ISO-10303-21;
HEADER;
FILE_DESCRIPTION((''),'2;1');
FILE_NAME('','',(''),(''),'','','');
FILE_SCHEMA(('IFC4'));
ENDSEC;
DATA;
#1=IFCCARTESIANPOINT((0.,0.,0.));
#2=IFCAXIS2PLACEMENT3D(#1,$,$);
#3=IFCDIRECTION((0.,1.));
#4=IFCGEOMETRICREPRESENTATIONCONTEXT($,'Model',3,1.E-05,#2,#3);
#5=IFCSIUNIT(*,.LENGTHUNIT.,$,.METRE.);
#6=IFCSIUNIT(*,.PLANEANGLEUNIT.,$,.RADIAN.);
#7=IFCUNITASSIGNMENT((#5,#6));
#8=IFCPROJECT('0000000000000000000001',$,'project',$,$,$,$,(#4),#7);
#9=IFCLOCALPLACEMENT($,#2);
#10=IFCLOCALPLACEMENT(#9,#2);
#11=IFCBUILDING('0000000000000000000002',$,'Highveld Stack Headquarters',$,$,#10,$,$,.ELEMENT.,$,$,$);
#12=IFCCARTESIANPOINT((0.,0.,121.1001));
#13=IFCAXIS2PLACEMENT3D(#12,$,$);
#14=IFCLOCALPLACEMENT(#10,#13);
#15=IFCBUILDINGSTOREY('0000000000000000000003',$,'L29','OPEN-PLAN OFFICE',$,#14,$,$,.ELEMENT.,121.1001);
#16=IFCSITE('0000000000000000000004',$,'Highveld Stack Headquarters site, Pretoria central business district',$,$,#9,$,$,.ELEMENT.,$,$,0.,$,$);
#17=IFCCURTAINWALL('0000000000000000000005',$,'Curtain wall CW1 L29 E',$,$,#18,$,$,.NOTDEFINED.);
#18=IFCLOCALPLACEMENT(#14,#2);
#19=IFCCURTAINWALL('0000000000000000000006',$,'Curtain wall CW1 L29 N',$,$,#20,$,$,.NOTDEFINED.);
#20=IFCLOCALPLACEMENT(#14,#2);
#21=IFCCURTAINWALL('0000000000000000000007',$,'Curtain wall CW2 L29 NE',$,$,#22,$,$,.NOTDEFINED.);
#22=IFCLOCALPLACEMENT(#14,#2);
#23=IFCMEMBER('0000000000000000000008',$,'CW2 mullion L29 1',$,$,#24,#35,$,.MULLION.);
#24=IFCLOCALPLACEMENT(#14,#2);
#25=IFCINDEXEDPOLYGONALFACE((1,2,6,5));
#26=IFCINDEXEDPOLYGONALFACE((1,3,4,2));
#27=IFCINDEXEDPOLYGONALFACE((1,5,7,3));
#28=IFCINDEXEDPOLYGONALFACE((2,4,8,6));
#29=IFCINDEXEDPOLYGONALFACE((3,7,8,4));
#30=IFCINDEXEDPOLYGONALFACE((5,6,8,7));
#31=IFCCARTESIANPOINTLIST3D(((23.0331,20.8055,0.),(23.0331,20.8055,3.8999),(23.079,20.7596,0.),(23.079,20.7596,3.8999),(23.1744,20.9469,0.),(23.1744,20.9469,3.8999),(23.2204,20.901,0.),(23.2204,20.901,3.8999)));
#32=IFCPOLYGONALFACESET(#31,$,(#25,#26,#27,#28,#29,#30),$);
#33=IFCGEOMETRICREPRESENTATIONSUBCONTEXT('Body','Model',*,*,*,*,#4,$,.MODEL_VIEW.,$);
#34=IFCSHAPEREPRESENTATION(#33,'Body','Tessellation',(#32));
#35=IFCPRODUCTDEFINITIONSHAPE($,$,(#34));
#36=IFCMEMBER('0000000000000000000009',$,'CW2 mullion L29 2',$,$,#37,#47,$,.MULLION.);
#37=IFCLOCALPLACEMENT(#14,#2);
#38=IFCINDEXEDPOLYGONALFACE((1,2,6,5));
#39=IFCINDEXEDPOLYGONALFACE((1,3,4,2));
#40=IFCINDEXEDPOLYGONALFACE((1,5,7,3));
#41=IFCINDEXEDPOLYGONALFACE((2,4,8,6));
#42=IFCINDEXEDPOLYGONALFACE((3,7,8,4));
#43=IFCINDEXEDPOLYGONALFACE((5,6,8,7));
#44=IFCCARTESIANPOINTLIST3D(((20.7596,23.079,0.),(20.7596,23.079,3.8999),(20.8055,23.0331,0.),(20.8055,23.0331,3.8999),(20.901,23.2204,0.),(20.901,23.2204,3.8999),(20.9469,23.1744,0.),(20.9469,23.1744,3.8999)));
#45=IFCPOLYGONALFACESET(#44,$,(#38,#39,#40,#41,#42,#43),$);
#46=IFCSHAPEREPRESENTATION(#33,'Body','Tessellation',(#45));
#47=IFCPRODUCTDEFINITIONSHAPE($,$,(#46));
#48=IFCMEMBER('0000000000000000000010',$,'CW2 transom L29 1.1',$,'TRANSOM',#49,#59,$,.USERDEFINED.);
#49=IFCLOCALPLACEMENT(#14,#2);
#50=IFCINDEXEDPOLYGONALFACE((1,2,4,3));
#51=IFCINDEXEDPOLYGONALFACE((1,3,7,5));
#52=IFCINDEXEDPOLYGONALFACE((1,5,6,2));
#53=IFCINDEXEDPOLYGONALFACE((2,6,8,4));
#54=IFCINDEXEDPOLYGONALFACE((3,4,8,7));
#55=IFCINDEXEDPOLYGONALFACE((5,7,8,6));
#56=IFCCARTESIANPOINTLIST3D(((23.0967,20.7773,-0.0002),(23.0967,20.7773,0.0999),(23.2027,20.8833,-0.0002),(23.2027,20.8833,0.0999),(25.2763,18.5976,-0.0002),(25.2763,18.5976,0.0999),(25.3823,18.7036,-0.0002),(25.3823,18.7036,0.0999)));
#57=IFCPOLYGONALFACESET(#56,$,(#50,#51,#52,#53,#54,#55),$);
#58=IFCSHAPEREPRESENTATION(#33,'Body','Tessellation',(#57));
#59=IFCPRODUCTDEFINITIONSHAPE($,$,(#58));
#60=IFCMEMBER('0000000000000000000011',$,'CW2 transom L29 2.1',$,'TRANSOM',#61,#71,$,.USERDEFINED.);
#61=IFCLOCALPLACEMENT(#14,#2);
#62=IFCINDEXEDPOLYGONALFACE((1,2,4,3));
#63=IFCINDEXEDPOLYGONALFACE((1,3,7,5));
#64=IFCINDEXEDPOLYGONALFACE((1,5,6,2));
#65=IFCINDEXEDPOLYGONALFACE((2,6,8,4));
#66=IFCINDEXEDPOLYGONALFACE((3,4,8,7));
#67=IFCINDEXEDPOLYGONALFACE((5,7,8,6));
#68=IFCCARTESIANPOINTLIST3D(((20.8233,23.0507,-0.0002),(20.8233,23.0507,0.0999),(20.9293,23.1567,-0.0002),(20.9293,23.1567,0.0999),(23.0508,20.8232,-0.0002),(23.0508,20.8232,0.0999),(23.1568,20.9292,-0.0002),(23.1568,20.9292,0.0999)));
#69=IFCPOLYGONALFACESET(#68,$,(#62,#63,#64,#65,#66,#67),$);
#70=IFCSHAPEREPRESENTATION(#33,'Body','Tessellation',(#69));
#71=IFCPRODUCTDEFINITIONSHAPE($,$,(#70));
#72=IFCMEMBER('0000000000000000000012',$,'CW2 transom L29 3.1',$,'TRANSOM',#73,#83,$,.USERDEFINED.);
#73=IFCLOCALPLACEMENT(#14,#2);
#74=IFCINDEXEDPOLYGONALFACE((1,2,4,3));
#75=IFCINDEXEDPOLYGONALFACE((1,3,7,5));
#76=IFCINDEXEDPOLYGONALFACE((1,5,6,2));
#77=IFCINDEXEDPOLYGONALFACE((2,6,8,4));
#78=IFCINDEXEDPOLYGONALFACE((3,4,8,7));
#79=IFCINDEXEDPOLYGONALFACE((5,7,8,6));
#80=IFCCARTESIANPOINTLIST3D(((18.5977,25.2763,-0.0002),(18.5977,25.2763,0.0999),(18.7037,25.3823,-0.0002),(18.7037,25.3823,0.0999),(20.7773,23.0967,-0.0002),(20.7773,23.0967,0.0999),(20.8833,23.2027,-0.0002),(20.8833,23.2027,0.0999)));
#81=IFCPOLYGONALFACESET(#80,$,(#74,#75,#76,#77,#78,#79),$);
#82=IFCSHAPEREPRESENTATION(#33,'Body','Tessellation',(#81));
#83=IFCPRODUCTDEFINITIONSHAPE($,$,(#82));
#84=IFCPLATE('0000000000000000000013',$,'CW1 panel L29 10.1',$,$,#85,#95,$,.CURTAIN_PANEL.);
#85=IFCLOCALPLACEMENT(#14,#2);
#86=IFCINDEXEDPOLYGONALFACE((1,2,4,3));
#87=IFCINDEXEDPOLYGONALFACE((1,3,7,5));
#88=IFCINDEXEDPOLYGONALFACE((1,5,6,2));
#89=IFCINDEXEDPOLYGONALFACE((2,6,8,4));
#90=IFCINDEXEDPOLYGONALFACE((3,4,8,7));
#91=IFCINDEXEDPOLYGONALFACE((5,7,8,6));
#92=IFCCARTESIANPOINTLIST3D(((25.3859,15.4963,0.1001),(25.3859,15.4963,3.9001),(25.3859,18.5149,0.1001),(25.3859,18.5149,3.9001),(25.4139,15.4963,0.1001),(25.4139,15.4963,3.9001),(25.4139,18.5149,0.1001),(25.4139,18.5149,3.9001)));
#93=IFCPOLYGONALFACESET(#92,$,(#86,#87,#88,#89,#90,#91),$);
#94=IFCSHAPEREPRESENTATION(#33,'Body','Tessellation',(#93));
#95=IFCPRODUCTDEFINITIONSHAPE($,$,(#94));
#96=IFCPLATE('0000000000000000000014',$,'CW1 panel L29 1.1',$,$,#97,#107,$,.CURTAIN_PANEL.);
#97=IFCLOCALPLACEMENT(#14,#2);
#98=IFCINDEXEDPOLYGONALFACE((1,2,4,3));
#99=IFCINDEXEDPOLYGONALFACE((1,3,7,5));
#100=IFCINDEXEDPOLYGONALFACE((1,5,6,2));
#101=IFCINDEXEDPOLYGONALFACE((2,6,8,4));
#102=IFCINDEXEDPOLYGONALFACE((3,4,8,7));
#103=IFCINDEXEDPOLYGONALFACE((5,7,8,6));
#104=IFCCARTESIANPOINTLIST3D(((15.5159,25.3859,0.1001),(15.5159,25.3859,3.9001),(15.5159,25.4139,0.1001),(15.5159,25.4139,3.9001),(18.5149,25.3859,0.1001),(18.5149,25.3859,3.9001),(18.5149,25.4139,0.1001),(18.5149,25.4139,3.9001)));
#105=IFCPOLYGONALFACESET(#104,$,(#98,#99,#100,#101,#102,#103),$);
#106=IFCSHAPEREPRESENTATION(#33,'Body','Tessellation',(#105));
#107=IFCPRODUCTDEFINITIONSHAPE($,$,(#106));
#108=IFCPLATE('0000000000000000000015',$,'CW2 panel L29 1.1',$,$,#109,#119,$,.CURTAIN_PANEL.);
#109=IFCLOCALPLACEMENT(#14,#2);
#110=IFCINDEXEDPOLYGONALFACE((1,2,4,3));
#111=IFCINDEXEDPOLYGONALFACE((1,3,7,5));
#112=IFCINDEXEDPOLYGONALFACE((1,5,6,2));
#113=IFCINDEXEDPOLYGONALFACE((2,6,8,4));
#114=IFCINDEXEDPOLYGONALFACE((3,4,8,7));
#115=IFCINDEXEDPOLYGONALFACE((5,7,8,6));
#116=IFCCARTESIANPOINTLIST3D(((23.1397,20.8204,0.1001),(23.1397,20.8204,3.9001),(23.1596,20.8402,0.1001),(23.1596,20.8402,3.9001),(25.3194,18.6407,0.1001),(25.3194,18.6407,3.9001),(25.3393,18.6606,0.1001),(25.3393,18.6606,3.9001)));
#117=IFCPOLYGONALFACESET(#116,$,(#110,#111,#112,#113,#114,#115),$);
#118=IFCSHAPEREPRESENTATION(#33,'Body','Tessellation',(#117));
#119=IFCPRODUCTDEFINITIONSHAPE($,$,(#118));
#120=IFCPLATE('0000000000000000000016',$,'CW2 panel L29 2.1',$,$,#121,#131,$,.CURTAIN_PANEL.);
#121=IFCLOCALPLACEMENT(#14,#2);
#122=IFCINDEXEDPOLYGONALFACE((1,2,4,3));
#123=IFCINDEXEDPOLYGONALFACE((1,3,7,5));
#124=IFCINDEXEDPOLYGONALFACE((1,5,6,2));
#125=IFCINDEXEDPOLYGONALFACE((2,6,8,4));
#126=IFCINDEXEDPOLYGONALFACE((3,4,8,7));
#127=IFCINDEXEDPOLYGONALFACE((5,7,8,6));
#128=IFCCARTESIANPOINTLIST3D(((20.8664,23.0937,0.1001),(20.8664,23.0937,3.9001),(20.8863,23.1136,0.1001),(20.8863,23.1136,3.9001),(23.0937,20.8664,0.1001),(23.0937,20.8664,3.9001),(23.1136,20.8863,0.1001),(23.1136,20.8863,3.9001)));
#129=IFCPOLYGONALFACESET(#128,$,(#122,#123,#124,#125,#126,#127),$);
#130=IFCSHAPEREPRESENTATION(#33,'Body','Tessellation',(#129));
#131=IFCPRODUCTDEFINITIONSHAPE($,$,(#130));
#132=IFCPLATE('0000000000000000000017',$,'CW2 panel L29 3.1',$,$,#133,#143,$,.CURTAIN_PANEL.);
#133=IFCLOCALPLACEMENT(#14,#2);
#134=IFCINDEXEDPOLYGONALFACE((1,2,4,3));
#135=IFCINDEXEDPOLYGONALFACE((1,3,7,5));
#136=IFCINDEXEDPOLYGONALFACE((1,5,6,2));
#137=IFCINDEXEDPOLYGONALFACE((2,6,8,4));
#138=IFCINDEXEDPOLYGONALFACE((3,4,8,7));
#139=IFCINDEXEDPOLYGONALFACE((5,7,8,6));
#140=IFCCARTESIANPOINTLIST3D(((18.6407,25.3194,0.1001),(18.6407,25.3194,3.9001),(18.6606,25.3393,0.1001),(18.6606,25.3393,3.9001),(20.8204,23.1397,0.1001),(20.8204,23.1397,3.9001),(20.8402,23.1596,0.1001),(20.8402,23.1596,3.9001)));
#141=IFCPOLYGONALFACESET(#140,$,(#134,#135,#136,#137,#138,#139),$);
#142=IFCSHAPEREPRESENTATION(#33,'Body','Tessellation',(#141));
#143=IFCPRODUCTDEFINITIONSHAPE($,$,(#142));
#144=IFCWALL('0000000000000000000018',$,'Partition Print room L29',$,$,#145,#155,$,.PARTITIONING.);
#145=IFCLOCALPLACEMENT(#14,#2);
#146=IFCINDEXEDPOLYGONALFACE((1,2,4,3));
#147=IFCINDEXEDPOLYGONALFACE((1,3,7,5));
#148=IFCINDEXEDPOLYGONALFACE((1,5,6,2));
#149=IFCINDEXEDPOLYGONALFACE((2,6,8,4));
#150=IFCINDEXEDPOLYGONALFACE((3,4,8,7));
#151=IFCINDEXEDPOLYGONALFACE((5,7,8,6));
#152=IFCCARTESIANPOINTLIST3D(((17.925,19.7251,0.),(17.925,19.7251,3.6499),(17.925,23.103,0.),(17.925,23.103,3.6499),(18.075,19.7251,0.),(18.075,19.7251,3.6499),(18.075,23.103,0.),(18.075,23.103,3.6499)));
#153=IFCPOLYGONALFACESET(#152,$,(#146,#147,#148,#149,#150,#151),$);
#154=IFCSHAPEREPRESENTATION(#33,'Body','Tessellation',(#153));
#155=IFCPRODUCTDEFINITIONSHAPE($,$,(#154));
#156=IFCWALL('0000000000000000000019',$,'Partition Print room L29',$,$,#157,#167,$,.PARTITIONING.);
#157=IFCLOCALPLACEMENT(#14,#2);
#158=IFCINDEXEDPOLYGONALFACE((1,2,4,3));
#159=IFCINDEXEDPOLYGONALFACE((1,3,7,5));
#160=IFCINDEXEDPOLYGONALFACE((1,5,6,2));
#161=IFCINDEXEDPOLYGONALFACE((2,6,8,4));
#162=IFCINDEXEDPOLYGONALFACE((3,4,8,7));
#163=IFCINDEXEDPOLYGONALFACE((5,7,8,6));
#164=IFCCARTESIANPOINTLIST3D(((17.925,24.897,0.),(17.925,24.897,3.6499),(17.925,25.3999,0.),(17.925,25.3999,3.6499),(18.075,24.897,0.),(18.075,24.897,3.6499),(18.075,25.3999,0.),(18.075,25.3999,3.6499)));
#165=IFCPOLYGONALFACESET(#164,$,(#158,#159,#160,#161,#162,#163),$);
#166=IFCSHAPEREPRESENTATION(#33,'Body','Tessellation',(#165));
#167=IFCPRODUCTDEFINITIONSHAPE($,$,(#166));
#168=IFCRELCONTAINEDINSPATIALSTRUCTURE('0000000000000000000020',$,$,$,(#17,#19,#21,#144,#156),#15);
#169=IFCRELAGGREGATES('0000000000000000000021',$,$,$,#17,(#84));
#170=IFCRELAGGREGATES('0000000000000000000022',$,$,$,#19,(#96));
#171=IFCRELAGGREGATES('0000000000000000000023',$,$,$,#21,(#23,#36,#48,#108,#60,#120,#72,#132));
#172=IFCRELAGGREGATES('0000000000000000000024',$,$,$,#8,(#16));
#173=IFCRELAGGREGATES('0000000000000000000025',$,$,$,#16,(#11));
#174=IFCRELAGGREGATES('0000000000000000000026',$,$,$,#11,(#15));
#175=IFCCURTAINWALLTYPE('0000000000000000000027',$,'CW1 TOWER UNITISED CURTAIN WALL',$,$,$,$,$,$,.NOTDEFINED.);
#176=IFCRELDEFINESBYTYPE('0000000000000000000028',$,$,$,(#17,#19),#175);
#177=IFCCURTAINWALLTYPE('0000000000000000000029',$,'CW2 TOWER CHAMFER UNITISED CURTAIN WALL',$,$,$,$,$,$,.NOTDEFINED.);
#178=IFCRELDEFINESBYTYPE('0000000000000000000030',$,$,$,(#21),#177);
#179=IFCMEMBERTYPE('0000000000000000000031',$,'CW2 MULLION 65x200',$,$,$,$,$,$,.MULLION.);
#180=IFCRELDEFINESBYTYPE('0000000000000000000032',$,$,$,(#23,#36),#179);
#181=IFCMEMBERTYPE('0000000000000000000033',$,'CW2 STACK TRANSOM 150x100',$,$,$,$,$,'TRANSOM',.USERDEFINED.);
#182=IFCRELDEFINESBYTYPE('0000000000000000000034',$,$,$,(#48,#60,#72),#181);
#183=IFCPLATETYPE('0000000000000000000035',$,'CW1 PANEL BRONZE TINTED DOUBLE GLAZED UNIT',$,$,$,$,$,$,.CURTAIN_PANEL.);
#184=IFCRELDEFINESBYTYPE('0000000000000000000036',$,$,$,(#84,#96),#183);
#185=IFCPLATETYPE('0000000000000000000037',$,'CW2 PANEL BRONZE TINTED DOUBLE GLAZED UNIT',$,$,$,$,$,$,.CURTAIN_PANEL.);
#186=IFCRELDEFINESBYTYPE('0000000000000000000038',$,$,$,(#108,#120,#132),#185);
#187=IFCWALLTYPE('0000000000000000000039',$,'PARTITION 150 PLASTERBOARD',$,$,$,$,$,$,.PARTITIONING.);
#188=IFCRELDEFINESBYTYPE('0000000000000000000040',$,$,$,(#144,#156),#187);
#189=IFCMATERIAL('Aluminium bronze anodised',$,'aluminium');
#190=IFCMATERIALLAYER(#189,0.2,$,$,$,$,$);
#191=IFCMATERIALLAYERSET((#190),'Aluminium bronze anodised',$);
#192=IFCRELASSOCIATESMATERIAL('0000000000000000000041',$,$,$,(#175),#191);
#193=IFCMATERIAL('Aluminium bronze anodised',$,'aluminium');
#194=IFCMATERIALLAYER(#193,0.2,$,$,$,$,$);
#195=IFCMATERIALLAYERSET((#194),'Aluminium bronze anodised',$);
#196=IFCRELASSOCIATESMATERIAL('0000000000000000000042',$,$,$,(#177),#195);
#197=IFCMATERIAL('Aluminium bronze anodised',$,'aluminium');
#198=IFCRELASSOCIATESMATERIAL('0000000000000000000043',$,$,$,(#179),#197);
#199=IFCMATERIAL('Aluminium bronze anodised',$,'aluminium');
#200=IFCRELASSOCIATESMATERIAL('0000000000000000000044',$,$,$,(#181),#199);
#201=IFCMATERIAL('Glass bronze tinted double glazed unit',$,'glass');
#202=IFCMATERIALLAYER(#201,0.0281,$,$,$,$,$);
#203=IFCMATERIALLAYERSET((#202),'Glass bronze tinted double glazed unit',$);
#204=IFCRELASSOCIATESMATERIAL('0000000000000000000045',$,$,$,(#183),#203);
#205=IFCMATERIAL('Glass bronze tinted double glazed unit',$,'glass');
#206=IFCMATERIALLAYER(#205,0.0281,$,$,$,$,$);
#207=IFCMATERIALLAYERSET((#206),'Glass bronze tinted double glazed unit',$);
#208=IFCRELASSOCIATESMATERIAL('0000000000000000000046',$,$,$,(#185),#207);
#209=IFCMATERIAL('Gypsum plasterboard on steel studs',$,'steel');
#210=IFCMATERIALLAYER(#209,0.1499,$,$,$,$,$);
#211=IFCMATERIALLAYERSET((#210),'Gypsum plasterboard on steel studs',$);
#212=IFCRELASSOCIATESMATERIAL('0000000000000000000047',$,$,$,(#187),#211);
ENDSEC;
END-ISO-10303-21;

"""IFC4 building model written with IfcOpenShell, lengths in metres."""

from ifc_helpers import new_model, si_unit, direction, frame, frame_2d, origin, origin_2d, place, context, subcontext, project, spatial, rectangle, extrude, material, layer, layer_set, material_profile, profile_set, type_object, element, aggregate, save


model = new_model("IFC4")

# Units and contexts
model_context = context("Model", 3, precision=1e-05, world=origin(), true_north=direction((0.0, 1.0)))
body_context = subcontext(model_context, "Body", "Model", "MODEL_VIEW")
ifc_project = project(units=[si_unit("LENGTHUNIT", "METRE"), si_unit("PLANEANGLEUNIT", "RADIAN")], contexts=[model_context])

# Site, building, storey
site_placement = place(None, origin())
site = spatial("IfcSite", under=ifc_project, at=site_placement, Name="Highveld Stack Headquarters site, Pretoria central business district", CompositionType="ELEMENT", RefElevation=0.0)
building_placement = place(site_placement, origin())
building = spatial("IfcBuilding", under=site, at=building_placement, Name="Highveld Stack Headquarters", CompositionType="ELEMENT")
storey_placement = place(building_placement, frame((0.0, 0.0, 121.1001)))
storey = spatial("IfcBuildingStorey", under=building, at=storey_placement, Name="L29", Description="OPEN-PLAN OFFICE", CompositionType="ELEMENT", Elevation=121.1001)

# Curtain walls
ifc_material_1 = material(Name="Aluminium bronze anodised", Category="aluminium")
ifc_layer_1 = layer(ifc_material_1, 0.2)
ifc_layer_set_1 = layer_set([ifc_layer_1], Name="Aluminium bronze anodised")
curtain_wall_type_1 = type_object("IfcCurtainWallType", Name="CW1 TOWER UNITISED CURTAIN WALL", PredefinedType="NOTDEFINED", material=ifc_layer_set_1)
curtain_wall_1_placement = place(storey_placement, origin())
curtain_wall_1 = element("IfcCurtainWall", 1, at=curtain_wall_1_placement, inside=storey, type_object=curtain_wall_type_1, Name="Curtain wall CW1 L29 E", PredefinedType="NOTDEFINED")
curtain_wall_2_placement = place(storey_placement, origin())
curtain_wall_2 = element("IfcCurtainWall", 2, at=curtain_wall_2_placement, inside=storey, type_object=curtain_wall_type_1, Name="Curtain wall CW1 L29 N", PredefinedType="NOTDEFINED")

# Curtain wall, members
ifc_material_2 = material(Name="Aluminium bronze anodised", Category="aluminium")
ifc_layer_2 = layer(ifc_material_2, 0.2)
ifc_layer_set_2 = layer_set([ifc_layer_2], Name="Aluminium bronze anodised")
curtain_wall_type_2 = type_object("IfcCurtainWallType", Name="CW2 TOWER CHAMFER UNITISED CURTAIN WALL", PredefinedType="NOTDEFINED", material=ifc_layer_set_2)
curtain_wall_3_placement = place(storey_placement, origin())
curtain_wall_3 = element("IfcCurtainWall", 3, at=curtain_wall_3_placement, inside=storey, type_object=curtain_wall_type_2, Name="Curtain wall CW2 L29 NE", PredefinedType="NOTDEFINED")
ifc_material_3 = material(Name="Aluminium bronze anodised", Category="aluminium")
ifc_material_profile_1 = material_profile(ifc_material_3, rectangle(XDim=0.2, YDim=0.0649, at=origin_2d()), Name="CW2 MULLION 65x200")
ifc_profile_set_1 = profile_set([ifc_material_profile_1], Name="Aluminium bronze anodised")
member_type_1 = type_object("IfcMemberType", Name="CW2 MULLION 65x200", PredefinedType="MULLION", material=ifc_profile_set_1)
member_1_placement = place(storey_placement, frame((23.1267, 20.8533, 0.0), z_axis=(0.0, 0.0, 1.0), x_axis=(-0.707107, -0.707107, 0.0)))
member_1 = element("IfcMember", 4, at=member_1_placement, type_object=member_type_1, Name="CW2 mullion L29 1", PredefinedType="MULLION", context=body_context, shape_type="SweptSolid", body=[
    extrude(rectangle(XDim=0.2, YDim=0.0649, at=origin_2d()), origin(), (0.0, 0.0, 1.0), 3.8999),
])
member_2_placement = place(storey_placement, frame((20.8533, 23.1267, 0.0), z_axis=(0.0, 0.0, 1.0), x_axis=(-0.707107, -0.707107, 0.0)))
member_2 = element("IfcMember", 5, at=member_2_placement, type_object=member_type_1, Name="CW2 mullion L29 2", PredefinedType="MULLION", context=body_context, shape_type="SweptSolid", body=[
    extrude(rectangle(XDim=0.2, YDim=0.0649, at=origin_2d()), origin(), (0.0, 0.0, 1.0), 3.8999),
])
ifc_material_4 = material(Name="Aluminium bronze anodised", Category="aluminium")
ifc_material_profile_2 = material_profile(ifc_material_4, rectangle(XDim=0.1499, YDim=0.1001, at=origin_2d()), Name="CW2 TRANSOM 150x100")
ifc_profile_set_2 = profile_set([ifc_material_profile_2], Name="Aluminium bronze anodised")
member_type_2 = type_object("IfcMemberType", Name="CW2 STACK TRANSOM 150x100", ElementType="TRANSOM", PredefinedType="USERDEFINED", material=ifc_profile_set_2)
member_3_placement = place(storey_placement, frame((25.3293, 18.6506, 0.0498), z_axis=(-0.707107, 0.707107, 0.0), x_axis=(-0.707107, -0.707107, 0.0)))
member_3 = element("IfcMember", 6, at=member_3_placement, type_object=member_type_2, Name="CW2 transom L29 1.1", ObjectType="TRANSOM", PredefinedType="USERDEFINED", context=body_context, shape_type="SweptSolid", body=[
    extrude(rectangle(XDim=0.1499, YDim=0.1001, at=origin_2d()), origin(), (0.0, 0.0, 1.0), 3.0825),
])
member_4_placement = place(storey_placement, frame((23.1038, 20.8762, 0.0498), z_axis=(-0.707107, 0.707107, 0.0), x_axis=(-0.707107, -0.707107, 0.0)))
member_4 = element("IfcMember", 7, at=member_4_placement, type_object=member_type_2, Name="CW2 transom L29 2.1", ObjectType="TRANSOM", PredefinedType="USERDEFINED", context=body_context, shape_type="SweptSolid", body=[
    extrude(rectangle(XDim=0.1499, YDim=0.1001, at=origin_2d()), origin(), (0.0, 0.0, 1.0), 3.1501),
])
member_5_placement = place(storey_placement, frame((20.8303, 23.1497, 0.0498), z_axis=(-0.707107, 0.707107, 0.0), x_axis=(-0.707107, -0.707107, 0.0)))
member_5 = element("IfcMember", 8, at=member_5_placement, type_object=member_type_2, Name="CW2 transom L29 3.1", ObjectType="TRANSOM", PredefinedType="USERDEFINED", context=body_context, shape_type="SweptSolid", body=[
    extrude(rectangle(XDim=0.1499, YDim=0.1001, at=origin_2d()), origin(), (0.0, 0.0, 1.0), 3.0825),
])

# Plates
ifc_material_5 = material(Name="Glass bronze tinted double glazed unit", Category="glass")
ifc_layer_3 = layer(ifc_material_5, 0.0281)
ifc_layer_set_3 = layer_set([ifc_layer_3], Name="Glass bronze tinted double glazed unit")
plate_type_1 = type_object("IfcPlateType", Name="CW1 PANEL BRONZE TINTED DOUBLE GLAZED UNIT", PredefinedType="CURTAIN_PANEL", material=ifc_layer_set_3)
plate_1_placement = place(storey_placement, frame((25.3999, 17.0056, 0.1001), z_axis=(0.0, 0.0, 1.0), x_axis=(0.0, 1.0, 0.0)))
plate_1 = element("IfcPlate", 9, at=plate_1_placement, type_object=plate_type_1, Name="CW1 panel L29 10.1", PredefinedType="CURTAIN_PANEL", context=body_context, shape_type="SweptSolid", body=[
    extrude(rectangle(XDim=3.0186, YDim=0.0281, at=origin_2d()), origin(), (0.0, 0.0, 1.0), 3.8),
])
aggregate(curtain_wall_1, [plate_1])
plate_2_placement = place(storey_placement, frame((17.0154, 25.3999, 0.1001), z_axis=(0.0, 0.0, 1.0), x_axis=(-1.0, 0.0, 0.0)))
plate_2 = element("IfcPlate", 10, at=plate_2_placement, type_object=plate_type_1, Name="CW1 panel L29 1.1", PredefinedType="CURTAIN_PANEL", context=body_context, shape_type="SweptSolid", body=[
    extrude(rectangle(XDim=2.999, YDim=0.0281, at=origin_2d()), origin(), (0.0, 0.0, 1.0), 3.8),
])
aggregate(curtain_wall_2, [plate_2])
ifc_material_6 = material(Name="Glass bronze tinted double glazed unit", Category="glass")
ifc_layer_4 = layer(ifc_material_6, 0.0281)
ifc_layer_set_4 = layer_set([ifc_layer_4], Name="Glass bronze tinted double glazed unit")
plate_type_2 = type_object("IfcPlateType", Name="CW2 PANEL BRONZE TINTED DOUBLE GLAZED UNIT", PredefinedType="CURTAIN_PANEL", material=ifc_layer_set_4)
plate_3_placement = place(storey_placement, frame((24.2395, 19.7405, 0.1001), z_axis=(0.0, 0.0, 1.0), x_axis=(-0.707107, 0.707107, 0.0)))
plate_3 = element("IfcPlate", 11, at=plate_3_placement, type_object=plate_type_2, Name="CW2 panel L29 1.1", PredefinedType="CURTAIN_PANEL", context=body_context, shape_type="SweptSolid", body=[
    extrude(rectangle(XDim=3.0825, YDim=0.0281, at=origin_2d()), origin(), (0.0, 0.0, 1.0), 3.8),
])
plate_4_placement = place(storey_placement, frame((21.99, 21.99, 0.1001), z_axis=(0.0, 0.0, 1.0), x_axis=(-0.707107, 0.707107, 0.0)))
plate_4 = element("IfcPlate", 12, at=plate_4_placement, type_object=plate_type_2, Name="CW2 panel L29 2.1", PredefinedType="CURTAIN_PANEL", context=body_context, shape_type="SweptSolid", body=[
    extrude(rectangle(XDim=3.1499, YDim=0.0281, at=origin_2d()), origin(), (0.0, 0.0, 1.0), 3.8),
])
plate_5_placement = place(storey_placement, frame((19.7405, 24.2395, 0.1001), z_axis=(0.0, 0.0, 1.0), x_axis=(-0.707107, 0.707107, 0.0)))
plate_5 = element("IfcPlate", 13, at=plate_5_placement, type_object=plate_type_2, Name="CW2 panel L29 3.1", PredefinedType="CURTAIN_PANEL", context=body_context, shape_type="SweptSolid", body=[
    extrude(rectangle(XDim=3.0825, YDim=0.0281, at=origin_2d()), origin(), (0.0, 0.0, 1.0), 3.8),
])
aggregate(curtain_wall_3, [member_1, member_2, member_3, plate_3, member_4, plate_4, member_5, plate_5])

# Walls
ifc_material_7 = material(Name="Gypsum plasterboard on steel studs", Category="steel")
ifc_layer_5 = layer(ifc_material_7, 0.1499)
ifc_layer_set_5 = layer_set([ifc_layer_5], Name="Gypsum plasterboard on steel studs")
wall_type = type_object("IfcWallType", Name="PARTITION 150 PLASTERBOARD", PredefinedType="PARTITIONING", material=ifc_layer_set_5)
wall_1_placement = place(storey_placement, frame((18.0, 19.7251, 0.0), z_axis=(0.0, 0.0, 1.0), x_axis=(0.0, 1.0, 0.0)))
element("IfcWall", 14, at=wall_1_placement, inside=storey, type_object=wall_type, Name="Partition Print room L29", PredefinedType="PARTITIONING", context=body_context, shape_type="SweptSolid", body=[
    extrude(rectangle(XDim=3.3779, YDim=0.1499, at=frame_2d((1.689, 0.0))), origin(), (0.0, 0.0, 1.0), 3.6499),
])
wall_2_placement = place(storey_placement, frame((18.0, 24.897, 0.0), z_axis=(0.0, 0.0, 1.0), x_axis=(0.0, 1.0, 0.0)))
element("IfcWall", 15, at=wall_2_placement, inside=storey, type_object=wall_type, Name="Partition Print room L29", PredefinedType="PARTITIONING", context=body_context, shape_type="SweptSolid", body=[
    extrude(rectangle(XDim=0.5029, YDim=0.1499, at=frame_2d((0.2515, 0.0))), origin(), (0.0, 0.0, 1.0), 3.6499),
])

save(model, "model.ifc")
